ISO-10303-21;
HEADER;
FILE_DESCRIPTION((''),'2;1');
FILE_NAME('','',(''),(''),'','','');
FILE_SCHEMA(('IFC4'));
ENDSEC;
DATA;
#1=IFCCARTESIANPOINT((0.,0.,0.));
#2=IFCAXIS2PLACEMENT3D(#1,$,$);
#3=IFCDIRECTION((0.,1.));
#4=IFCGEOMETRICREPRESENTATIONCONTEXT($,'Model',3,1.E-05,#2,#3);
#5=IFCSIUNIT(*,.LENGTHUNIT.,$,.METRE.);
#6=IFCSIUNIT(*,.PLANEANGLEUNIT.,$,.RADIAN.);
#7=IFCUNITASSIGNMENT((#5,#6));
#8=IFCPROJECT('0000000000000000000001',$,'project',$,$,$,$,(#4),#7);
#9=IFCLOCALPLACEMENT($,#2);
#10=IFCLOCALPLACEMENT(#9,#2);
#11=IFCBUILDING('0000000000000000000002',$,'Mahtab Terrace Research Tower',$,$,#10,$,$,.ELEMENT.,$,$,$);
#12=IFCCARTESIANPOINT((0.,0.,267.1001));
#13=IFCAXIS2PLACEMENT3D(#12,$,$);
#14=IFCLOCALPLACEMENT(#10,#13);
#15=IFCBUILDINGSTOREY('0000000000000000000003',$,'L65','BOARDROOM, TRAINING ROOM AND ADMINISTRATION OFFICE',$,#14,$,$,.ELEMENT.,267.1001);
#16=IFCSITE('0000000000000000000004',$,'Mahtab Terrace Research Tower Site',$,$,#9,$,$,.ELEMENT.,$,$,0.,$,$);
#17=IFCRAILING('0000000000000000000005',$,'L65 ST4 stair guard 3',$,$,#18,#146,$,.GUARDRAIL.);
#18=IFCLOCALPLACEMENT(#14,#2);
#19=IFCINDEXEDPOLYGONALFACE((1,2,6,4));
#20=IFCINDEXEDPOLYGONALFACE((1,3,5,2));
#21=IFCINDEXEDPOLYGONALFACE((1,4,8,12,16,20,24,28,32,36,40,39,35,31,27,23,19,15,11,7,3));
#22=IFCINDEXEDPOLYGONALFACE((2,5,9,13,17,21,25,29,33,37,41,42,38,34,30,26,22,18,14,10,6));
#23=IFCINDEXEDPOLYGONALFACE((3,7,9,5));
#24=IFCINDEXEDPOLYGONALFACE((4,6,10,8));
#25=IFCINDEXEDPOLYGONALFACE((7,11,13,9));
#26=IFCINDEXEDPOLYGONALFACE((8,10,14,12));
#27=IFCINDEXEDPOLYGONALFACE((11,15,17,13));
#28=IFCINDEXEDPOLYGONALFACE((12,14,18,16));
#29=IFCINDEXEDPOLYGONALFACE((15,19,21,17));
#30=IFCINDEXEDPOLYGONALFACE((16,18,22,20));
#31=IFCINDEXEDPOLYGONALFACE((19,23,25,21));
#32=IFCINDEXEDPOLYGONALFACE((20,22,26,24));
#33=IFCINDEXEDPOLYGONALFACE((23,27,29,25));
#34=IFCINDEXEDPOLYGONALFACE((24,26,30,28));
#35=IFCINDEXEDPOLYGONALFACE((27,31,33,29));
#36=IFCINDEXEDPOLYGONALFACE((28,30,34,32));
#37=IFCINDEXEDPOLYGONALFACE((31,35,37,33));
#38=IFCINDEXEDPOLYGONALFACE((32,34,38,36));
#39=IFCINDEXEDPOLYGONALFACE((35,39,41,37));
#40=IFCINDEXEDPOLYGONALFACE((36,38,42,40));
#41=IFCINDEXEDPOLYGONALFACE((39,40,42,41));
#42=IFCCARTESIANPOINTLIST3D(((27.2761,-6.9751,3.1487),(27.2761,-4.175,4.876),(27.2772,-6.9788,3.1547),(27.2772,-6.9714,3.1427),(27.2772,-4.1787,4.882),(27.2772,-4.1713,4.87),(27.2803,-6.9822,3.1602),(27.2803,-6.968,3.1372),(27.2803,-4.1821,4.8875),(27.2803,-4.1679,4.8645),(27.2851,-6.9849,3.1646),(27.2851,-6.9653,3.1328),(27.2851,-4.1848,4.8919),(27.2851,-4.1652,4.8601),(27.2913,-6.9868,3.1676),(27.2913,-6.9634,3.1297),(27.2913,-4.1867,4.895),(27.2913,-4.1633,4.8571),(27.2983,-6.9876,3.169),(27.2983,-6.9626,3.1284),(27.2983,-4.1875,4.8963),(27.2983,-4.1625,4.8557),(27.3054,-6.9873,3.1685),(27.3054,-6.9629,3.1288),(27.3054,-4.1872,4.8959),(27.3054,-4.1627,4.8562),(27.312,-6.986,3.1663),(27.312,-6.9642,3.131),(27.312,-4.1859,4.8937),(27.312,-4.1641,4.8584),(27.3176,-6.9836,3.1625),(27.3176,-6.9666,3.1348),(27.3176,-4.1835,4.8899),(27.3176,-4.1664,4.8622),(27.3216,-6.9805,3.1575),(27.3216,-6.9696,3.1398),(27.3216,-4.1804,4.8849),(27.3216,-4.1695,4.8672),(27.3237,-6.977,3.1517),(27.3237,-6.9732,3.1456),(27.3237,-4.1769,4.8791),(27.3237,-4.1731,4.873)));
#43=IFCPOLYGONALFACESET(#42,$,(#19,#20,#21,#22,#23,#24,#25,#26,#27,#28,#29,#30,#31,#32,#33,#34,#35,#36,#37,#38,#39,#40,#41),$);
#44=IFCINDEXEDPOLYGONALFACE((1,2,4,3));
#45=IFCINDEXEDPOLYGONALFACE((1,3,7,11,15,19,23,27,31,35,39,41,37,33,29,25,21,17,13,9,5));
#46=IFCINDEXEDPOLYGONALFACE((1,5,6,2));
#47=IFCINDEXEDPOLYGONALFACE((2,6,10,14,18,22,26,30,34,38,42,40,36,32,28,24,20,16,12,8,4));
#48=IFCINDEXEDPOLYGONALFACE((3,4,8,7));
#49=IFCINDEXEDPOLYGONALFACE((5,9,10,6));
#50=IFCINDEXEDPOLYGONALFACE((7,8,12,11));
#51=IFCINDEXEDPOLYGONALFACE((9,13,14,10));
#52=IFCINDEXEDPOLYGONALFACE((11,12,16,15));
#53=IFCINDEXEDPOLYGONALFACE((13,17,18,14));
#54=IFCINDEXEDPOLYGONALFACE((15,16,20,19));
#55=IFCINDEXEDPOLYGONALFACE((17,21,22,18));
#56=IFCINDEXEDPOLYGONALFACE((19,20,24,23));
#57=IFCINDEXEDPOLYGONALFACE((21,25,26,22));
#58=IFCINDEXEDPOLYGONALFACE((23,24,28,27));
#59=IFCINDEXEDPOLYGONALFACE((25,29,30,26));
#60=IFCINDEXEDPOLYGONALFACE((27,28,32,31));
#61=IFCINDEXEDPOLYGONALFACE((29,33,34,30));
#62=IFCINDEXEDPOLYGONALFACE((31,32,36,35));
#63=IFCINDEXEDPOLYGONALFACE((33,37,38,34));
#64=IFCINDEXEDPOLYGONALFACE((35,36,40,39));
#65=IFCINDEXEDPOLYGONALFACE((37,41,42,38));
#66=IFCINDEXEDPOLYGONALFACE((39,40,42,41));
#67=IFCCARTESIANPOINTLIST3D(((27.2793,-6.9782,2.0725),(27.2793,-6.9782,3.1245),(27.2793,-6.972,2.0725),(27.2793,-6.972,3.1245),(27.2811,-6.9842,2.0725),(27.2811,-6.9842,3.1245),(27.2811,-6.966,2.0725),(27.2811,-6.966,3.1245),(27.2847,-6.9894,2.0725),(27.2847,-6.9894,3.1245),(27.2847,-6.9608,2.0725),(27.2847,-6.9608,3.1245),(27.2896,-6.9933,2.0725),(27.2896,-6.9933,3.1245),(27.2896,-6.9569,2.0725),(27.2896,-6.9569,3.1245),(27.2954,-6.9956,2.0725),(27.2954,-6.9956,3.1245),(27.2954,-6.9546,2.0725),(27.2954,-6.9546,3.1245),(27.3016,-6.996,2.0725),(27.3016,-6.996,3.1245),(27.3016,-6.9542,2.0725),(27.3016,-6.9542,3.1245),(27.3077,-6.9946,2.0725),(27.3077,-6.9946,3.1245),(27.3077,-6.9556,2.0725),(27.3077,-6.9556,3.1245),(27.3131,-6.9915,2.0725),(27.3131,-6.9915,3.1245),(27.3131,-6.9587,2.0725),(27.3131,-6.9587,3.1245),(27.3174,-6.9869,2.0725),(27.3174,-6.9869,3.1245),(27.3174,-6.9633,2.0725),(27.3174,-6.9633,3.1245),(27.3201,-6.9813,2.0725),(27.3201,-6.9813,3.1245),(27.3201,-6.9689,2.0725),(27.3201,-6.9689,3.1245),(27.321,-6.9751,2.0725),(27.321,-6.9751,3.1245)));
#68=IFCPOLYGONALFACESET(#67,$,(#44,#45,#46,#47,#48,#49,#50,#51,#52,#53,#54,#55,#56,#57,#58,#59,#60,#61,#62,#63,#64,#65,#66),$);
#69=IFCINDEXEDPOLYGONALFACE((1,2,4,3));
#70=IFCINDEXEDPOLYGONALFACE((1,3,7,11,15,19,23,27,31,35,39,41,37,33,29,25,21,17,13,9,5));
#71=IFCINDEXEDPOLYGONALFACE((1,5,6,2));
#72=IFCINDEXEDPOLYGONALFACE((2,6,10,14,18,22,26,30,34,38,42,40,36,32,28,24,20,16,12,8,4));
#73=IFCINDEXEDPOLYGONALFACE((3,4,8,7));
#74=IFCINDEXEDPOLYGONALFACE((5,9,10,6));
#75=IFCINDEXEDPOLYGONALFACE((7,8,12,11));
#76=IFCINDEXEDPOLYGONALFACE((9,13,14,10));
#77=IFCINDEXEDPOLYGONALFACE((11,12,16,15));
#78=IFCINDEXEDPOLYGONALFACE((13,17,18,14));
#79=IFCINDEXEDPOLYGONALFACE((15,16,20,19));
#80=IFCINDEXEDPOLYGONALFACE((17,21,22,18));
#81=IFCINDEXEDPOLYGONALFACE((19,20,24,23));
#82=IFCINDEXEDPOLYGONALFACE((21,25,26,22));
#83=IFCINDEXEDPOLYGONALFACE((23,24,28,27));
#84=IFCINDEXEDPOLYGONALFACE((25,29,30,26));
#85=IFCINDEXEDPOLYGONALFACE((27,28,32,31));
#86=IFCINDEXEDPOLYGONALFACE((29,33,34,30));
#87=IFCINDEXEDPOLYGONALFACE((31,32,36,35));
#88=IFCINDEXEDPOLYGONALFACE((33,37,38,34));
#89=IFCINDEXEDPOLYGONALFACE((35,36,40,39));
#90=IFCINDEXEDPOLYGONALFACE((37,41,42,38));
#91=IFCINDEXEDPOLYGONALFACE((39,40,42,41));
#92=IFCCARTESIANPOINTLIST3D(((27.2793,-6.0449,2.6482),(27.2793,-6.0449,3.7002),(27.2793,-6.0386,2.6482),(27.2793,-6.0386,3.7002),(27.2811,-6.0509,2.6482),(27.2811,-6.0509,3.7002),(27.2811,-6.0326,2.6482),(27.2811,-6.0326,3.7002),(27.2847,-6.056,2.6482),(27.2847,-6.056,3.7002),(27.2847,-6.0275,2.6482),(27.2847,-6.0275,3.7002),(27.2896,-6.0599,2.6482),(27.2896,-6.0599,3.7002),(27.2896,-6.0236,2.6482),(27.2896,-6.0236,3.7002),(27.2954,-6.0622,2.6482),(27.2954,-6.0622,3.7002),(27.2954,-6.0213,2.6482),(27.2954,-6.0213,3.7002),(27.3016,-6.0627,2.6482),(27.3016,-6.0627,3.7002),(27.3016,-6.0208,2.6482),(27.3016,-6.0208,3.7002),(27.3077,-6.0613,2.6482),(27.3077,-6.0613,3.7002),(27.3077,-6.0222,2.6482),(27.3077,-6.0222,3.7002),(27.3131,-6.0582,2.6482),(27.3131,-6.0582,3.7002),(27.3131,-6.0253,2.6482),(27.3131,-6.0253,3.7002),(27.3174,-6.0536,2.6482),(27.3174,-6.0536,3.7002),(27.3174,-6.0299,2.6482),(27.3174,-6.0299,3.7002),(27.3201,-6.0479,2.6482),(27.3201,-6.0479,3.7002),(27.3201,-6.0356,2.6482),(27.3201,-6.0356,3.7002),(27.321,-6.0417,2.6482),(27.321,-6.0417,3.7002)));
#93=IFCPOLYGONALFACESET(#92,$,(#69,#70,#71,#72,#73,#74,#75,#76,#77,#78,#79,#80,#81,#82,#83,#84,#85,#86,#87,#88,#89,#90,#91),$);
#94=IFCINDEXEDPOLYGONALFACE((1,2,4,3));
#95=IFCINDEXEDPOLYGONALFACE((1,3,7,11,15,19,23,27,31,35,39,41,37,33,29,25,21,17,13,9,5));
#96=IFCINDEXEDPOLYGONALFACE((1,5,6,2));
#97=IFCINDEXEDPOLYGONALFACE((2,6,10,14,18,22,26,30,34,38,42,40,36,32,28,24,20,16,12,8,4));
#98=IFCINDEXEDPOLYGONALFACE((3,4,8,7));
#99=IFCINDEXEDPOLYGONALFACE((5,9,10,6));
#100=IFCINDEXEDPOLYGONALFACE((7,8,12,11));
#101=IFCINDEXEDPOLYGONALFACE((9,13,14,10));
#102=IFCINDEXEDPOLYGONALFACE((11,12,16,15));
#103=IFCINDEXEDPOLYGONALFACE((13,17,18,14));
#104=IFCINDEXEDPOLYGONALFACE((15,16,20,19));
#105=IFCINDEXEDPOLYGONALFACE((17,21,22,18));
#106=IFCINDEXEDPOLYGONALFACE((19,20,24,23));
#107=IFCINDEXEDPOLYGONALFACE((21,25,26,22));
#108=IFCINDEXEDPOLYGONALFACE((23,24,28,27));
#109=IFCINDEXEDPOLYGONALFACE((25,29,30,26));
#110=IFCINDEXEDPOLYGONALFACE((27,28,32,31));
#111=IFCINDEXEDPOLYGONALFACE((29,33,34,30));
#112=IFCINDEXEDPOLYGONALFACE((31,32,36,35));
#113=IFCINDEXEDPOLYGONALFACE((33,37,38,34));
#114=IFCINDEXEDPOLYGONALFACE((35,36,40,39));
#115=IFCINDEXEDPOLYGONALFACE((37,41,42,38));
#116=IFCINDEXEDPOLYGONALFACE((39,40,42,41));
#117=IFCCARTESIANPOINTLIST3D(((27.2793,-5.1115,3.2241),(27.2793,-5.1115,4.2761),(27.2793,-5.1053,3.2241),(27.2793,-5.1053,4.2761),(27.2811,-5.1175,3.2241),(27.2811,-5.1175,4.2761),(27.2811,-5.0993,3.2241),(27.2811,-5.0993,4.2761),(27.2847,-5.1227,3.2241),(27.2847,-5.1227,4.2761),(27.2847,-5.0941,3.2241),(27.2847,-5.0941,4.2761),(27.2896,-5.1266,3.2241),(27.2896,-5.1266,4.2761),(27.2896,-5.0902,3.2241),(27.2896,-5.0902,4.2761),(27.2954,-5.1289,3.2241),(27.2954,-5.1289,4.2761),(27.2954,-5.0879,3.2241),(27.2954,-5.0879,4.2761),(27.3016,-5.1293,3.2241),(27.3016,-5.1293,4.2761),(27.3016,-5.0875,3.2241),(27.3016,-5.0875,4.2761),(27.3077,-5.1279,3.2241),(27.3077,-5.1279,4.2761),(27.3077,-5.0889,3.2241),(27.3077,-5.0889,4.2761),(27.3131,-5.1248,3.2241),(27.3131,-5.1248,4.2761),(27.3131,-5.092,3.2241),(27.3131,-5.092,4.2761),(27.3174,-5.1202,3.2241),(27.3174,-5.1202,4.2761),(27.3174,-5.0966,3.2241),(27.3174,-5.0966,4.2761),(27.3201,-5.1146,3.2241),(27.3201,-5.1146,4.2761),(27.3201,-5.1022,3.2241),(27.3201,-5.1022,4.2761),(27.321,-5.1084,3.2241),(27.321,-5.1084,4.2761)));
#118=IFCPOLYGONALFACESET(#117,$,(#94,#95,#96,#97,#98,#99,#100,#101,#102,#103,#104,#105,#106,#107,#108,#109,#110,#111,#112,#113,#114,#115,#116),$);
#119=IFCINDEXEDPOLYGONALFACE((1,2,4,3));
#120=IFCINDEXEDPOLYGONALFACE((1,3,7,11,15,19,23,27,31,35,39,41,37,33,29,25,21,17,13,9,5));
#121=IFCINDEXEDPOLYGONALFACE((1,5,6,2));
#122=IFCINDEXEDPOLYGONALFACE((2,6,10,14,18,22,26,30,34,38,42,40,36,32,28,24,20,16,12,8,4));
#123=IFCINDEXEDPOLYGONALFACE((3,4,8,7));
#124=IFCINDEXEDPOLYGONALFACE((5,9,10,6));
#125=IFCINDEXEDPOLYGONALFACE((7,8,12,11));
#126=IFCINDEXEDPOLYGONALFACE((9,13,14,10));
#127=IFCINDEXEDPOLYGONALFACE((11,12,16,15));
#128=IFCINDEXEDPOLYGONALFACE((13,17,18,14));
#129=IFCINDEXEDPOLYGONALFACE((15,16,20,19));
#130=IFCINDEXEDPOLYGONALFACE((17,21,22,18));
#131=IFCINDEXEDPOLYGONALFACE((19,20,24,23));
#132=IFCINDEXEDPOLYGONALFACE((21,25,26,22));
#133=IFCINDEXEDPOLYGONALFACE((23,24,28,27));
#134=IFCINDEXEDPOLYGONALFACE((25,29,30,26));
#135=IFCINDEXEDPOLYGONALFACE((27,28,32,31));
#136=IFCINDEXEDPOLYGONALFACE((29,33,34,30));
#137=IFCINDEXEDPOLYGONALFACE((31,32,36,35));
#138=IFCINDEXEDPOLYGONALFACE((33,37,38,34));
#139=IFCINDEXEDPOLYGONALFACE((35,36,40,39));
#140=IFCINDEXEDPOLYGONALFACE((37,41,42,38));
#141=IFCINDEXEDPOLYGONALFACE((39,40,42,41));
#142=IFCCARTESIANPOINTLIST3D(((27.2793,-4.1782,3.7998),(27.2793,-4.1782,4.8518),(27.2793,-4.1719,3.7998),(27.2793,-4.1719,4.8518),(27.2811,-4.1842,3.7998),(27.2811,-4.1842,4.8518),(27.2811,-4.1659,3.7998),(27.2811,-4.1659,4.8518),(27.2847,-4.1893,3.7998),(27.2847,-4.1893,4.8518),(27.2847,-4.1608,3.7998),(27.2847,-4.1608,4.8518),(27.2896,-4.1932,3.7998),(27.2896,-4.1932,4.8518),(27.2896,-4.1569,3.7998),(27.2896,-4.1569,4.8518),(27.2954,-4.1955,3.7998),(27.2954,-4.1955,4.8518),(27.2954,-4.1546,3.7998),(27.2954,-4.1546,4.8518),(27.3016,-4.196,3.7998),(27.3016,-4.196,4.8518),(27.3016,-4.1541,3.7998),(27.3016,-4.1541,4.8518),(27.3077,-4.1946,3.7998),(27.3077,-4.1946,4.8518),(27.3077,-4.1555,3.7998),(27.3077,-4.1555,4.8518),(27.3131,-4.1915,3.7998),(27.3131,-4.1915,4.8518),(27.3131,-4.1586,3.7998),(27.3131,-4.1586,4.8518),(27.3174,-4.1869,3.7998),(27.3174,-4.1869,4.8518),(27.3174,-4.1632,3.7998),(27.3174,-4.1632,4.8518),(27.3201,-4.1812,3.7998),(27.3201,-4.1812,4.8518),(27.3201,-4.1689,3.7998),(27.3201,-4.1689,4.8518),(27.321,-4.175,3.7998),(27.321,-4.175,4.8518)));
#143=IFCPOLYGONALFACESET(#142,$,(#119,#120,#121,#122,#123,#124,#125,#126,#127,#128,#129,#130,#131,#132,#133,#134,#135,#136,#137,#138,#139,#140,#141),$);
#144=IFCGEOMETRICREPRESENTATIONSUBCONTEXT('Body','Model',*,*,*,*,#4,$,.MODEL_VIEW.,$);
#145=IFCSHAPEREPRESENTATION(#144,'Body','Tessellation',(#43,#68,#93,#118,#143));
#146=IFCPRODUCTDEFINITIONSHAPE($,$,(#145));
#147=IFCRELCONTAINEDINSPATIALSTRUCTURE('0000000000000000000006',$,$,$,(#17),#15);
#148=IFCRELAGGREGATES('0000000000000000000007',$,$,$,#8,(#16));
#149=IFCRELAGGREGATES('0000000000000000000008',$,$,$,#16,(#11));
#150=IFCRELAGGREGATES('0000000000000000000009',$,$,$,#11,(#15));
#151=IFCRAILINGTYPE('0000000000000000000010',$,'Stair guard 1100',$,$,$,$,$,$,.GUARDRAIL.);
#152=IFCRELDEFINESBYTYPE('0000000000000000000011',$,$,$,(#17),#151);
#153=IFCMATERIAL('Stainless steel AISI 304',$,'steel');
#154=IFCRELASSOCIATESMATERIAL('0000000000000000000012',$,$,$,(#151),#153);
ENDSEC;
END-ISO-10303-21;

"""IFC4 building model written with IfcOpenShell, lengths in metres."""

from ifc_helpers import new_model, si_unit, direction, frame, origin, origin_2d, place, context, subcontext, project, spatial, circle, extrude, material, type_object, element, save


model = new_model("IFC4")

# Units and contexts
model_context = context("Model", 3, precision=1e-05, world=origin(), true_north=direction((0.0, 1.0)))
body_context = subcontext(model_context, "Body", "Model", "MODEL_VIEW")
ifc_project = project(units=[si_unit("LENGTHUNIT", "METRE"), si_unit("PLANEANGLEUNIT", "RADIAN")], contexts=[model_context])

# Site, building, storey
site_placement = place(None, origin())
site = spatial("IfcSite", under=ifc_project, at=site_placement, Name="Mahtab Terrace Research Tower Site", CompositionType="ELEMENT", RefElevation=0.0)
building_placement = place(site_placement, origin())
building = spatial("IfcBuilding", under=site, at=building_placement, Name="Mahtab Terrace Research Tower", CompositionType="ELEMENT")
storey_placement = place(building_placement, frame((0.0, 0.0, 267.1001)))
storey = spatial("IfcBuildingStorey", under=building, at=storey_placement, Name="L65", Description="BOARDROOM, TRAINING ROOM AND ADMINISTRATION OFFICE", CompositionType="ELEMENT", Elevation=267.1001)

# Railing
ifc_material_1 = material(Name="Stainless steel AISI 304", Category="steel")
railing_type_1 = type_object("IfcRailingType", Name="Stair guard 1100", PredefinedType="GUARDRAIL", material=ifc_material_1)
railing_1_placement = place(storey_placement, frame((27.3, -6.9751, 2.0725)))
element("IfcRailing", 1, at=railing_1_placement, inside=storey, type_object=railing_type_1, Name="L65 ST4 stair guard 3", PredefinedType="GUARDRAIL", context=body_context, shape_type="SweptSolid", body=[
    extrude(circle(Radius=0.0239, at=origin_2d()), frame((0.0, 0.0, 1.0762), z_axis=(0.0, 0.85109, 0.52502), x_axis=(-1.0, 0.0, 0.0)), (0.0, 0.0, 1.0), 3.29),
    extrude(circle(Radius=0.021, at=origin_2d()), origin(), (0.0, 0.0, 1.0), 1.052),
    extrude(circle(Radius=0.021, at=origin_2d()), frame((0.0, 0.9333, 0.5757)), (0.0, 0.0, 1.0), 1.052),
    extrude(circle(Radius=0.021, at=origin_2d()), frame((0.0, 1.8667, 1.1516)), (0.0, 0.0, 1.0), 1.052),
    extrude(circle(Radius=0.021, at=origin_2d()), frame((0.0, 2.8, 1.7273)), (0.0, 0.0, 1.0), 1.052),
])

save(model, "model.ifc")
